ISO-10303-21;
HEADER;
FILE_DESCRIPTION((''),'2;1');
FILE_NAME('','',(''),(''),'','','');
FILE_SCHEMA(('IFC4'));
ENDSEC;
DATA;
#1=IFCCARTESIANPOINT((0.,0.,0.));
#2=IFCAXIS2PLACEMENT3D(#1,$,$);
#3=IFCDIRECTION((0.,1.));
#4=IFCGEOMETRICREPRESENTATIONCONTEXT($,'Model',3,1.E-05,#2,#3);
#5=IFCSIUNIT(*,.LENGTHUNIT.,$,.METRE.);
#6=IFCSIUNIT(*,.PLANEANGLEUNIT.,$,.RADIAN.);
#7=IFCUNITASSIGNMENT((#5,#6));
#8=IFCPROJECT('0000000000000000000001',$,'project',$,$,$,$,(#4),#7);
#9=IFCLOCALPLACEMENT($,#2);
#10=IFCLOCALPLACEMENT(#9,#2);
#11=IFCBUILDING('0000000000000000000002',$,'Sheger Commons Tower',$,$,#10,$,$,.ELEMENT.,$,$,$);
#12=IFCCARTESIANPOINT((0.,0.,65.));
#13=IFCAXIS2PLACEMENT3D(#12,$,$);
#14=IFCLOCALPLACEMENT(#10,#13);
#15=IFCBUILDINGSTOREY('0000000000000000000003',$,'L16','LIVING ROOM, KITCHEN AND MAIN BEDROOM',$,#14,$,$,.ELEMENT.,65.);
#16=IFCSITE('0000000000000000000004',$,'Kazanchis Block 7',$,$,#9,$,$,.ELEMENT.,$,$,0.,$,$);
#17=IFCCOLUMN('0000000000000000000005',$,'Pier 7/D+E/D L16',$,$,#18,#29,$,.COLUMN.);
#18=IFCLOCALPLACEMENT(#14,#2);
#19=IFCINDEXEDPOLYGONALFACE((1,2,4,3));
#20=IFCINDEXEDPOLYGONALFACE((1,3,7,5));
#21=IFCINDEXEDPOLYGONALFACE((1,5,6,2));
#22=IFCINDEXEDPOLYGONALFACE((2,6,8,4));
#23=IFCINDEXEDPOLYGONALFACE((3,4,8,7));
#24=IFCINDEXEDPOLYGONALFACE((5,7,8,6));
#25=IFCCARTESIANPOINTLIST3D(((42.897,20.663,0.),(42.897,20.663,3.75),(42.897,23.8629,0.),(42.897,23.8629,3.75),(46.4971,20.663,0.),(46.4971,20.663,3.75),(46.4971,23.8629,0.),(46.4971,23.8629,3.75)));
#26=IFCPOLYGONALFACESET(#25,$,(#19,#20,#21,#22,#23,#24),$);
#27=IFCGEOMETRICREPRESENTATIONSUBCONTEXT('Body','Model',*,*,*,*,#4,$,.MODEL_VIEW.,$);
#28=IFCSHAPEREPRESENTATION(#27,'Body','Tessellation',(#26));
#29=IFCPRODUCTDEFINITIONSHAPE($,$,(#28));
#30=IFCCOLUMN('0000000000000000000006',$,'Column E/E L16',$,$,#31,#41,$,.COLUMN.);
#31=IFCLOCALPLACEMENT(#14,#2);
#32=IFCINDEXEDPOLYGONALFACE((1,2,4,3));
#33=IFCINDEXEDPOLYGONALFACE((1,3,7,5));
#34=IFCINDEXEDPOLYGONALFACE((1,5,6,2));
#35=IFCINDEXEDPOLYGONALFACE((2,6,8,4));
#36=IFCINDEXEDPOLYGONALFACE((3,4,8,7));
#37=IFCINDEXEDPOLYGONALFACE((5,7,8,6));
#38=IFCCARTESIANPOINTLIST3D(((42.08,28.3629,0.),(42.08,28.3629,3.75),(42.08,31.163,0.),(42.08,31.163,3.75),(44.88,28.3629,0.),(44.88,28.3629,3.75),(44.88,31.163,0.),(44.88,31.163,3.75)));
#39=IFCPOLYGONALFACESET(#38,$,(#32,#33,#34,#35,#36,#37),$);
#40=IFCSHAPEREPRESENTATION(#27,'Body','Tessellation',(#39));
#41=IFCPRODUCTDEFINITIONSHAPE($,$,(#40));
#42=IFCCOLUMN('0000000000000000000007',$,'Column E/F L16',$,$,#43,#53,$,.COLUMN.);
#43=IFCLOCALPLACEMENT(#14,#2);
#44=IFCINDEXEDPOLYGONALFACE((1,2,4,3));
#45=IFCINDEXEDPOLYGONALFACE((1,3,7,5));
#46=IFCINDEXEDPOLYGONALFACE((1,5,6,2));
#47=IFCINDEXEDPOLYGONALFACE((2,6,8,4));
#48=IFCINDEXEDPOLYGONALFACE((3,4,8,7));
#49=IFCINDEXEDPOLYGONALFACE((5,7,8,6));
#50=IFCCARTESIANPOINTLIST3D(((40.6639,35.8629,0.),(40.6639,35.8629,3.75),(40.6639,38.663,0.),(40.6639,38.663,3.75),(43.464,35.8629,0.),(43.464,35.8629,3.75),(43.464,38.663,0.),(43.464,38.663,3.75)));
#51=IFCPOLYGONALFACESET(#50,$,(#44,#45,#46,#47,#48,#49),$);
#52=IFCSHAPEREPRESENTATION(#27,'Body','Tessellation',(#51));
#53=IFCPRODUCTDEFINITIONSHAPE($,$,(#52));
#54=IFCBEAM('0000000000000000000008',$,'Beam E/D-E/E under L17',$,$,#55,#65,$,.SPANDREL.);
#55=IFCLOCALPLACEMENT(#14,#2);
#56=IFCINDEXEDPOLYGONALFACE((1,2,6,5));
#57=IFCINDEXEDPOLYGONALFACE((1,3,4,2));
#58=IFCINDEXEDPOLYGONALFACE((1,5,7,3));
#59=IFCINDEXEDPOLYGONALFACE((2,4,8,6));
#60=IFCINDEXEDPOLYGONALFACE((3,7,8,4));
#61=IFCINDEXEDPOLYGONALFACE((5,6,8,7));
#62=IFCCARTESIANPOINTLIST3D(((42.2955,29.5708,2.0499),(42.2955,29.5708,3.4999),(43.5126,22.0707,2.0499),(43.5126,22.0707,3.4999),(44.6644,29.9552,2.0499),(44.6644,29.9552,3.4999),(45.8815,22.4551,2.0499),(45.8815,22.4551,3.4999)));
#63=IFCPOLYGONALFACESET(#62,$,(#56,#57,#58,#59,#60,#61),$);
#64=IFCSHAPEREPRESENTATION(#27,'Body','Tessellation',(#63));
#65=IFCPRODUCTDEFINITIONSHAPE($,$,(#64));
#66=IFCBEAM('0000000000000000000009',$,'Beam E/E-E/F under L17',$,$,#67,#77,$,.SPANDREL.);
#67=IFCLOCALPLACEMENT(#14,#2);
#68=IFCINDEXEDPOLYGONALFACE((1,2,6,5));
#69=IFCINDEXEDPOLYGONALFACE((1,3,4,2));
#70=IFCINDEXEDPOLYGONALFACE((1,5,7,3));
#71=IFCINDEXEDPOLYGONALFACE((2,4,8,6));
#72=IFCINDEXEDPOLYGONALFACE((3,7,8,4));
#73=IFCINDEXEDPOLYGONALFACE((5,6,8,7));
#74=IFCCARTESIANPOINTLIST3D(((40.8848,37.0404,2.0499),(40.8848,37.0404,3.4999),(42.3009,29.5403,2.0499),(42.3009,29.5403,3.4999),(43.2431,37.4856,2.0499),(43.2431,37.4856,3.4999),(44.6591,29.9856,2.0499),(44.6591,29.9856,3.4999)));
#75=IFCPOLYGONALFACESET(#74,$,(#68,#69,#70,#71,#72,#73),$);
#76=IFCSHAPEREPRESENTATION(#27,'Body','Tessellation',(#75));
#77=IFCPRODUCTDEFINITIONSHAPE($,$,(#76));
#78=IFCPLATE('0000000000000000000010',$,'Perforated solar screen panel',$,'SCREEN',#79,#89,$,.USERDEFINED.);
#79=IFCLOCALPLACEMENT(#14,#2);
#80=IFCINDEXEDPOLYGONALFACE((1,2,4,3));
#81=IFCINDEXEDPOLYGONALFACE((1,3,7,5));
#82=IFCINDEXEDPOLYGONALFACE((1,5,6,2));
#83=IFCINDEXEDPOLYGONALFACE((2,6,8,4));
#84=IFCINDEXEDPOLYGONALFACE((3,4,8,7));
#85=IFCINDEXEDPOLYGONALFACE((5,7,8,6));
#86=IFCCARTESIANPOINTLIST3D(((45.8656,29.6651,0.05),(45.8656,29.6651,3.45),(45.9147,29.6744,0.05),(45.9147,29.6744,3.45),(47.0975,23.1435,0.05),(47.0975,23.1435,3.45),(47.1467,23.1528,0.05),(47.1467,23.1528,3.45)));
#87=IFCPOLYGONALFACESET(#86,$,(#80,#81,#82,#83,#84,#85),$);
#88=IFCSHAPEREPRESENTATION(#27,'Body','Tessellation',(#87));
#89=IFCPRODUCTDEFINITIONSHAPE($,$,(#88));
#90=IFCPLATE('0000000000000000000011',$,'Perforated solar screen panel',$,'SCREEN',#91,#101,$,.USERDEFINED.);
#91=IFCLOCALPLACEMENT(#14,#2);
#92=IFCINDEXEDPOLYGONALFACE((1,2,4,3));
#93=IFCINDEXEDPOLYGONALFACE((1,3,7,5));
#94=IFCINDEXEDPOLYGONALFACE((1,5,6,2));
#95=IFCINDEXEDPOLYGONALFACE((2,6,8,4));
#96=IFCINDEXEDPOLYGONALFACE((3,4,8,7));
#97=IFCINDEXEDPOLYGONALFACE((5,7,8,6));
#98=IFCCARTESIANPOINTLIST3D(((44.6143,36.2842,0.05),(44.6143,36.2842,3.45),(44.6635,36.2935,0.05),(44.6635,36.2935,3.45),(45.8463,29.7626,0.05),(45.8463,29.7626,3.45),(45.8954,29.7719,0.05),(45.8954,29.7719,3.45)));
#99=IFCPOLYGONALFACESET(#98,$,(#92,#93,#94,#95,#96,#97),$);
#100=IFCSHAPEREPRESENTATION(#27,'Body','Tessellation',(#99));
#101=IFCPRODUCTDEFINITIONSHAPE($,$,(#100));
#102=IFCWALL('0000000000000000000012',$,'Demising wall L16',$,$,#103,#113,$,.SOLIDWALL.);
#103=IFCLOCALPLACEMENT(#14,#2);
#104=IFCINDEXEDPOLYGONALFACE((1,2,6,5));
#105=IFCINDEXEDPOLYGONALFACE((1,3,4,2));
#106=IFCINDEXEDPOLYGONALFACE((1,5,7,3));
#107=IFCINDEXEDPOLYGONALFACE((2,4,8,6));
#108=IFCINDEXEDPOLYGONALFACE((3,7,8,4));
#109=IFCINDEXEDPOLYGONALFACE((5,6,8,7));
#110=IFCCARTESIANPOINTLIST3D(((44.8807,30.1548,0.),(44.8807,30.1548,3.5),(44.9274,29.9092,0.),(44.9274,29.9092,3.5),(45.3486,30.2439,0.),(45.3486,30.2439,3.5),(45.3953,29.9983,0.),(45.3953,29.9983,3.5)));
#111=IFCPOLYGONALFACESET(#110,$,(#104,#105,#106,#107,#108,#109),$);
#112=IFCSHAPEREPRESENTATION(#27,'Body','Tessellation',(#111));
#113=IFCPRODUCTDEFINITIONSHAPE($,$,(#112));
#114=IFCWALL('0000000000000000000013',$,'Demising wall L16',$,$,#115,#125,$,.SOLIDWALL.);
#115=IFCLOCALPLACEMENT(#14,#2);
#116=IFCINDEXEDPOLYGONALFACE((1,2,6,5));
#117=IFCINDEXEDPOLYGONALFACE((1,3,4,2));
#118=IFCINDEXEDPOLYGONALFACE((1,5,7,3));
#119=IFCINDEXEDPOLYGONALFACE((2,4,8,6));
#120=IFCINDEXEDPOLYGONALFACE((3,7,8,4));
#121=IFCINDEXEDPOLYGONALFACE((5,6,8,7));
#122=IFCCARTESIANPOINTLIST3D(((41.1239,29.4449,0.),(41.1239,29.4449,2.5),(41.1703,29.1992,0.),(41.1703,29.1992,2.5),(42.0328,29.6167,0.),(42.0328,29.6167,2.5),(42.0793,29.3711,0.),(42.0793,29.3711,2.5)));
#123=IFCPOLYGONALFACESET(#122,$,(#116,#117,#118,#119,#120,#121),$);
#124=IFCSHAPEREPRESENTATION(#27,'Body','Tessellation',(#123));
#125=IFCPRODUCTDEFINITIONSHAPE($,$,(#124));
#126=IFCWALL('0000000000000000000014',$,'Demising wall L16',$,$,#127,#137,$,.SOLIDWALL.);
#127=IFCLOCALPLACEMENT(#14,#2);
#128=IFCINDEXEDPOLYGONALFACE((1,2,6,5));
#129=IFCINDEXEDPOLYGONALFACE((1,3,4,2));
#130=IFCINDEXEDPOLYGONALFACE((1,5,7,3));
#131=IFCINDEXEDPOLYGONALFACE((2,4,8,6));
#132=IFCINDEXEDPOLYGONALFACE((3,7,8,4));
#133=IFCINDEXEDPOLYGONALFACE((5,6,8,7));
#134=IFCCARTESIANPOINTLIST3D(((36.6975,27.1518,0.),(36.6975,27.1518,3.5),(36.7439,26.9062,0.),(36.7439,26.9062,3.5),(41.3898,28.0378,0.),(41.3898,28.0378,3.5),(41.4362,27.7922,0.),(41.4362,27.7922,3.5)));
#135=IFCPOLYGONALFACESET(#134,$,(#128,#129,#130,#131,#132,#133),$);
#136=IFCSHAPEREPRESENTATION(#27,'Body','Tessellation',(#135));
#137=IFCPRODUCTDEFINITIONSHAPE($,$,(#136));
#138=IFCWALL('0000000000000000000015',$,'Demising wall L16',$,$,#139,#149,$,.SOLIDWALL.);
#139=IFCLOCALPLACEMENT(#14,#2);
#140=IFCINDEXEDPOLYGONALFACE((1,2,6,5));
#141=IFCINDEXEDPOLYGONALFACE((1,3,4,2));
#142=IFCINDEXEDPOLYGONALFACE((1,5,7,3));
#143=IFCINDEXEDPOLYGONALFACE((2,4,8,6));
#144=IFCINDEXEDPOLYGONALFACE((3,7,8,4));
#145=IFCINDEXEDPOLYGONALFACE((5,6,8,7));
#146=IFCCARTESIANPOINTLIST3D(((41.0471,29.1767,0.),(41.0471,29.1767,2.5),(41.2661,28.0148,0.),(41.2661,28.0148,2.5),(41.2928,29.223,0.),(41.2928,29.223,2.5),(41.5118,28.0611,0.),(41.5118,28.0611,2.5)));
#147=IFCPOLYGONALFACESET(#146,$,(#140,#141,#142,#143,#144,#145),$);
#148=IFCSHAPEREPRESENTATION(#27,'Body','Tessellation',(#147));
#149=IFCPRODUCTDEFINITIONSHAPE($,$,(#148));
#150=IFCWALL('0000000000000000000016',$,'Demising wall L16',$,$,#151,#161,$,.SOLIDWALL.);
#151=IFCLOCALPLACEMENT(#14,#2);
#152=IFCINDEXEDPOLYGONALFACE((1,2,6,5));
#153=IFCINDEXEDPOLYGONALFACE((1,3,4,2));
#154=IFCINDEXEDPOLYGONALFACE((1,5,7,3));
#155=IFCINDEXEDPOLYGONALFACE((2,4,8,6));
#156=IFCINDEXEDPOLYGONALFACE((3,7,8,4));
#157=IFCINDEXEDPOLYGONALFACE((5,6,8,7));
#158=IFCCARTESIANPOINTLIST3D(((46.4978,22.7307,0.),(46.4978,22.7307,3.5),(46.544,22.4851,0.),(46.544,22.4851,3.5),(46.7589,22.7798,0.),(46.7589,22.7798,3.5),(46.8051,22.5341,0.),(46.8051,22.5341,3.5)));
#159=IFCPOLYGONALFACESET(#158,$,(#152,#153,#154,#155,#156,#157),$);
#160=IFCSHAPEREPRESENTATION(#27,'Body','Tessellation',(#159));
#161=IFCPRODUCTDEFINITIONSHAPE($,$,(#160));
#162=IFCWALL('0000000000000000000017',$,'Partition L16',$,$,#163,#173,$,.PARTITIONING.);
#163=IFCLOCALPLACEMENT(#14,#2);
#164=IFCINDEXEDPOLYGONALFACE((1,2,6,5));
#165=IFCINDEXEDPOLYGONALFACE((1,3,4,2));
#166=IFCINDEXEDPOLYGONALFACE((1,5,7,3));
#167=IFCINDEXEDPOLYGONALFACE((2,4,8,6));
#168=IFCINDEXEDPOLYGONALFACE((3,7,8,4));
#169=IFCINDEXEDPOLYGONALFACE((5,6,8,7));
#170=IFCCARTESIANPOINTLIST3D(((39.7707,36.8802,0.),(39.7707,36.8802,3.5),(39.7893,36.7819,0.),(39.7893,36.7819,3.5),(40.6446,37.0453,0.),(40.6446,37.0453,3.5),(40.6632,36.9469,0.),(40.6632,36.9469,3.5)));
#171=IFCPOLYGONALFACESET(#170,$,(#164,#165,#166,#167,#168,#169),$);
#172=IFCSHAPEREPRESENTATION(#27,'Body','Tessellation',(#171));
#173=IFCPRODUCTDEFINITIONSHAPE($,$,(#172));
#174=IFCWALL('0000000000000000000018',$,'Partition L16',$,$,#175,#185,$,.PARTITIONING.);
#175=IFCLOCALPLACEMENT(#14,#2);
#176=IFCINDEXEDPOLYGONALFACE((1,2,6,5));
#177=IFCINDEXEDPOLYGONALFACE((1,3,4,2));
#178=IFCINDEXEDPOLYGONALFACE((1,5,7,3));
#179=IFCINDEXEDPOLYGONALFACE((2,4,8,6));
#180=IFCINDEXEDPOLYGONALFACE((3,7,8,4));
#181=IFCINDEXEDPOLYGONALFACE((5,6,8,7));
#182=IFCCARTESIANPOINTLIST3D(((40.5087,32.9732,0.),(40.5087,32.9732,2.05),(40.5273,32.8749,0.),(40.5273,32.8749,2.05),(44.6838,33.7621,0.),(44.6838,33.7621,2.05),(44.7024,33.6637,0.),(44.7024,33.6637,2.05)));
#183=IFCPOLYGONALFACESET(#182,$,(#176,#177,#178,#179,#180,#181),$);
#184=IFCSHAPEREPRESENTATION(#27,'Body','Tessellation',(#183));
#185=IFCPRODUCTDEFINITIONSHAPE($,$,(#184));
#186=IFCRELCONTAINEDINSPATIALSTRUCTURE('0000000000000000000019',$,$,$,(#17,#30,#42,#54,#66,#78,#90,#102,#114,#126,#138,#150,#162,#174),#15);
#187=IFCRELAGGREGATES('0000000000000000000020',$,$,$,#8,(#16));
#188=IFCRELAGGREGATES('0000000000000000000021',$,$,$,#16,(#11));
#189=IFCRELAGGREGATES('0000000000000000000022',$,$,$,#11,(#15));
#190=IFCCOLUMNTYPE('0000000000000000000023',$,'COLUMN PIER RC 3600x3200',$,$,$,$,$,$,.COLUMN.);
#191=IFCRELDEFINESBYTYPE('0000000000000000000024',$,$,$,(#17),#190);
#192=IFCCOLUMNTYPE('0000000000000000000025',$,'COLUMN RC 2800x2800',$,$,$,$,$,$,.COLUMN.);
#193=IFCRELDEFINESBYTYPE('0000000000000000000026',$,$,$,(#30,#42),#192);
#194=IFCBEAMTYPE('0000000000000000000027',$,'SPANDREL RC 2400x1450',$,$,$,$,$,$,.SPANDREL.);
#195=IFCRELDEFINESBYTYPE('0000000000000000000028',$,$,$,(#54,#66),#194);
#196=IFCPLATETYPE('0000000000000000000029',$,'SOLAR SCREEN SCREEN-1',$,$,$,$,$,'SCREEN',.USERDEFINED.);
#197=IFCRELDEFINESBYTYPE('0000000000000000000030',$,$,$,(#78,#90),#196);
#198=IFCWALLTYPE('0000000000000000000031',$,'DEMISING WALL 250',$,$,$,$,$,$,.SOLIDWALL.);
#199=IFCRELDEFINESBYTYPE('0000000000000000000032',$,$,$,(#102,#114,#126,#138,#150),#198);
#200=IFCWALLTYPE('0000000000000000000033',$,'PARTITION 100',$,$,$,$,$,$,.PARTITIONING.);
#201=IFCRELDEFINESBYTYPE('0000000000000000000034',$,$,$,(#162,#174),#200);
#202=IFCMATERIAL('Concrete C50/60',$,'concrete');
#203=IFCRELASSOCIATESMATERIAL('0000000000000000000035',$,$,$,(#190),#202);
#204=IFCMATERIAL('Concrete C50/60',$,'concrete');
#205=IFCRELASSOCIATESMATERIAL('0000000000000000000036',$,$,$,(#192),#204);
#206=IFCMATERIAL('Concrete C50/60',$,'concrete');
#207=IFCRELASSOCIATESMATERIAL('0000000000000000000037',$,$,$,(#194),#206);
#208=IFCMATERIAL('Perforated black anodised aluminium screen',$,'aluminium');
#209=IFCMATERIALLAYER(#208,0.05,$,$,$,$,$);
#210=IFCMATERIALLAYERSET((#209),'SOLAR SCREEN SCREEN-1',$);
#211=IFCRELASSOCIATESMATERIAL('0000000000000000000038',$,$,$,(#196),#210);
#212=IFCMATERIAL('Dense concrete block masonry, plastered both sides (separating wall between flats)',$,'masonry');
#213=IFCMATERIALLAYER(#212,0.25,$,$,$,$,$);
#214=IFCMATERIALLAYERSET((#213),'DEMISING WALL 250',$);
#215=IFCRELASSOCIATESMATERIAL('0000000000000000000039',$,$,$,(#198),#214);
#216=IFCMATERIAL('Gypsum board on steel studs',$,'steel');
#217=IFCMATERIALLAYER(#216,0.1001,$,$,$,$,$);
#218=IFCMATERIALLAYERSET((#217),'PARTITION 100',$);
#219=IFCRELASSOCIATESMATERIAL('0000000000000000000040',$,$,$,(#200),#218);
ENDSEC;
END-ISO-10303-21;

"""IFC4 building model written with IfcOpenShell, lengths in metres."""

from ifc_helpers import new_model, si_unit, direction, frame, frame_2d, origin, origin_2d, place, context, subcontext, project, spatial, rectangle, extrude, material, layer, layer_set, material_profile, profile_set, type_object, element, save


model = new_model("IFC4")

# Units and contexts
model_context = context("Model", 3, precision=1e-05, world=origin(), true_north=direction((0.0, 1.0)))
body_context = subcontext(model_context, "Body", "Model", "MODEL_VIEW")
ifc_project = project(units=[si_unit("LENGTHUNIT", "METRE"), si_unit("PLANEANGLEUNIT", "RADIAN")], contexts=[model_context])

# Site, building, storey
site_placement = place(None, origin())
site = spatial("IfcSite", under=ifc_project, at=site_placement, Name="Kazanchis Block 7", CompositionType="ELEMENT", RefElevation=0.0)
building_placement = place(site_placement, origin())
building = spatial("IfcBuilding", under=site, at=building_placement, Name="Sheger Commons Tower", CompositionType="ELEMENT")
storey_placement = place(building_placement, frame((0.0, 0.0, 65.0)))
storey = spatial("IfcBuildingStorey", under=building, at=storey_placement, Name="L16", Description="LIVING ROOM, KITCHEN AND MAIN BEDROOM", CompositionType="ELEMENT", Elevation=65.0)

# Columns
ifc_material_1 = material(Name="Concrete C50/60", Category="concrete")
ifc_material_profile_1 = material_profile(ifc_material_1, rectangle(XDim=3.6001, YDim=3.2, at=origin_2d()), Name="RC 3600x3200")
ifc_profile_set_1 = profile_set([ifc_material_profile_1], Name="Concrete C50/60")
column_type_1 = type_object("IfcColumnType", Name="COLUMN PIER RC 3600x3200", PredefinedType="COLUMN", material=ifc_profile_set_1)
column_placement = place(storey_placement, frame((44.697, 22.2629, 0.0), z_axis=(0.0, 0.0, 1.0), x_axis=(1.0, 0.0, 0.0)))
element("IfcColumn", 1, at=column_placement, inside=storey, type_object=column_type_1, Name="Pier 7/D+E/D L16", PredefinedType="COLUMN", context=body_context, shape_type="SweptSolid", body=[
    extrude(rectangle(XDim=3.6001, YDim=3.2, at=origin_2d()), origin(), (0.0, 0.0, 1.0), 3.75),
])
ifc_material_2 = material(Name="Concrete C50/60", Category="concrete")
ifc_material_profile_2 = material_profile(ifc_material_2, rectangle(XDim=2.8, YDim=2.8, at=origin_2d()), Name="RC 2800x2800")
ifc_profile_set_2 = profile_set([ifc_material_profile_2], Name="Concrete C50/60")
column_type_2 = type_object("IfcColumnType", Name="COLUMN RC 2800x2800", PredefinedType="COLUMN", material=ifc_profile_set_2)
for number, where, z_axis, x_axis, name in (
    (2, (43.48, 29.7629, 0.0), (0.0, 0.0, 1.0), (1.0, 0.0, 0.0), "Column E/E L16"),
    (3, (42.064, 37.2629, 0.0), (0.0, 0.0, 1.0), (1.0, 0.0, 0.0), "Column E/F L16"),
):
    element("IfcColumn", number, at=place(storey_placement, frame(where, z_axis=z_axis, x_axis=x_axis)), inside=storey, type_object=column_type_2, Name=name, PredefinedType="COLUMN", context=body_context, shape_type="SweptSolid", body=[
        extrude(rectangle(XDim=2.8, YDim=2.8, at=origin_2d()), origin(), (0.0, 0.0, 1.0), 3.75),
    ])

# Beams
ifc_material_3 = material(Name="Concrete C50/60", Category="concrete")
ifc_material_profile_3 = material_profile(ifc_material_3, rectangle(XDim=2.3999, YDim=1.45, at=origin_2d()), Name="RC 2400x1450")
ifc_profile_set_3 = profile_set([ifc_material_profile_3], Name="Concrete C50/60")
beam_type = type_object("IfcBeamType", Name="SPANDREL RC 2400x1450", PredefinedType="SPANDREL", material=ifc_profile_set_3)
beam_1_placement = place(storey_placement, frame((44.697, 22.2629, 2.7749), z_axis=(-0.160177, 0.987088, 0.0), x_axis=(-0.987088, -0.160177, 0.0)))
element("IfcBeam", 4, at=beam_1_placement, inside=storey, type_object=beam_type, Name="Beam E/D-E/E under L17", PredefinedType="SPANDREL", context=body_context, shape_type="SweptSolid", body=[
    extrude(rectangle(XDim=2.3999, YDim=1.45, at=origin_2d()), origin(), (0.0, 0.0, 1.0), 7.5981),
])
beam_2_placement = place(storey_placement, frame((43.48, 29.7629, 2.7749), z_axis=(-0.185524, 0.98264, 0.0), x_axis=(-0.98264, -0.185524, 0.0)))
element("IfcBeam", 5, at=beam_2_placement, inside=storey, type_object=beam_type, Name="Beam E/E-E/F under L17", PredefinedType="SPANDREL", context=body_context, shape_type="SweptSolid", body=[
    extrude(rectangle(XDim=2.3999, YDim=1.45, at=origin_2d()), origin(), (0.0, 0.0, 1.0), 7.6326),
])

# Plates
ifc_material_4 = material(Name="Perforated black anodised aluminium screen", Category="aluminium")
ifc_layer_1 = layer(ifc_material_4, 0.05)
ifc_layer_set_1 = layer_set([ifc_layer_1], Name="SOLAR SCREEN SCREEN-1")
plate_type = type_object("IfcPlateType", Name="SOLAR SCREEN SCREEN-1", ElementType="SCREEN", PredefinedType="USERDEFINED", material=ifc_layer_set_1)
for number, where, z_axis, x_axis, name in (
    (6, (46.5061, 26.4089, 0.05), (0.0, 0.0, 1.0), (-0.185615, 0.982623, 0.0), "Perforated solar screen panel"),
    (7, (45.2549, 33.0281, 0.05), (0.0, 0.0, 1.0), (-0.185615, 0.982623, 0.0), "Perforated solar screen panel"),
):
    element("IfcPlate", number, at=place(storey_placement, frame(where, z_axis=z_axis, x_axis=x_axis)), inside=storey, type_object=plate_type, Name=name, ObjectType="SCREEN", PredefinedType="USERDEFINED", context=body_context, shape_type="SweptSolid", body=[
        extrude(rectangle(XDim=6.637, YDim=0.05, at=origin_2d()), origin(), (0.0, 0.0, 1.0), 3.3999),
    ])

# Walls
ifc_material_5 = material(Name="Dense concrete block masonry, plastered both sides (separating wall between flats)", Category="masonry")
ifc_layer_2 = layer(ifc_material_5, 0.25)
ifc_layer_set_2 = layer_set([ifc_layer_2], Name="DEMISING WALL 250")
wall_type_1 = type_object("IfcWallType", Name="DEMISING WALL 250", PredefinedType="SOLIDWALL", material=ifc_layer_set_2)
wall_1_placement = place(storey_placement, frame((45.3721, 30.1211, 0.0), z_axis=(0.0, 0.0, 1.0), x_axis=(-0.982352, -0.187041, 0.0)))
element("IfcWall", 8, at=wall_1_placement, inside=storey, type_object=wall_type_1, Name="Demising wall L16", PredefinedType="SOLIDWALL", context=body_context, shape_type="SweptSolid", body=[
    extrude(rectangle(XDim=0.4763, YDim=0.25, at=frame_2d((0.2383, 0.0))), origin(), (0.0, 0.0, 1.0), 3.5),
])
wall_2_placement = place(storey_placement, frame((42.0559, 29.4939, 0.0), z_axis=(0.0, 0.0, 1.0), x_axis=(-0.982587, -0.185802, 0.0)))
element("IfcWall", 9, at=wall_2_placement, inside=storey, type_object=wall_type_1, Name="Demising wall L16", PredefinedType="SOLIDWALL", context=body_context, shape_type="SweptSolid", body=[
    extrude(rectangle(XDim=0.925, YDim=0.25, at=frame_2d((0.4624, 0.0))), origin(), (0.0, 0.0, 1.0), 2.5),
])
wall_3_placement = place(storey_placement, frame((41.4131, 27.915, 0.0), z_axis=(0.0, 0.0, 1.0), x_axis=(-0.982636, -0.185545, 0.0)))
element("IfcWall", 10, at=wall_3_placement, inside=storey, type_object=wall_type_1, Name="Demising wall L16", PredefinedType="SOLIDWALL", context=body_context, shape_type="SweptSolid", body=[
    extrude(rectangle(XDim=4.7751, YDim=0.25, at=frame_2d((2.3877, 0.0))), origin(), (0.0, 0.0, 1.0), 3.5),
])
wall_4_placement = place(storey_placement, frame((41.1699, 29.2, 0.0), z_axis=(0.0, 0.0, 1.0), x_axis=(0.185224, -0.982696, 0.0)))
element("IfcWall", 11, at=wall_4_placement, inside=storey, type_object=wall_type_1, Name="Demising wall L16", PredefinedType="SOLIDWALL", context=body_context, shape_type="SweptSolid", body=[
    extrude(rectangle(XDim=1.1824, YDim=0.25, at=frame_2d((0.5913, 0.0))), origin(), (0.0, 0.0, 1.0), 2.5),
])
wall_5_placement = place(storey_placement, frame((46.782, 22.657, 0.0), z_axis=(0.0, 0.0, 1.0), x_axis=(-0.982778, -0.184788, 0.0)))
element("IfcWall", 12, at=wall_5_placement, inside=storey, type_object=wall_type_1, Name="Demising wall L16", PredefinedType="SOLIDWALL", context=body_context, shape_type="SweptSolid", body=[
    extrude(rectangle(XDim=0.2656, YDim=0.25, at=frame_2d((0.1328, 0.0))), origin(), (0.0, 0.0, 1.0), 3.5),
])
ifc_material_6 = material(Name="Gypsum board on steel studs", Category="steel")
ifc_layer_3 = layer(ifc_material_6, 0.1001)
ifc_layer_set_3 = layer_set([ifc_layer_3], Name="PARTITION 100")
wall_type_2 = type_object("IfcWallType", Name="PARTITION 100", PredefinedType="PARTITIONING", material=ifc_layer_set_3)
wall_6_placement = place(storey_placement, frame((40.6541, 36.9961, 0.0), z_axis=(0.0, 0.0, 1.0), x_axis=(-0.982635, -0.185548, 0.0)))
element("IfcWall", 13, at=wall_6_placement, inside=storey, type_object=wall_type_2, Name="Partition L16", PredefinedType="PARTITIONING", context=body_context, shape_type="SweptSolid", body=[
    extrude(rectangle(XDim=0.8894, YDim=0.1001, at=frame_2d((0.4448, 0.0))), origin(), (0.0, 0.0, 1.0), 3.5),
])
wall_7_placement = place(storey_placement, frame((44.6931, 33.7129, 0.0), z_axis=(0.0, 0.0, 1.0), x_axis=(-0.982616, -0.185652, 0.0)))
element("IfcWall", 14, at=wall_7_placement, inside=storey, type_object=wall_type_2, Name="Partition L16", PredefinedType="PARTITIONING", context=body_context, shape_type="SweptSolid", body=[
    extrude(rectangle(XDim=4.249, YDim=0.1001, at=frame_2d((2.1245, 0.0))), origin(), (0.0, 0.0, 1.0), 2.05),
])

save(model, "model.ifc")
